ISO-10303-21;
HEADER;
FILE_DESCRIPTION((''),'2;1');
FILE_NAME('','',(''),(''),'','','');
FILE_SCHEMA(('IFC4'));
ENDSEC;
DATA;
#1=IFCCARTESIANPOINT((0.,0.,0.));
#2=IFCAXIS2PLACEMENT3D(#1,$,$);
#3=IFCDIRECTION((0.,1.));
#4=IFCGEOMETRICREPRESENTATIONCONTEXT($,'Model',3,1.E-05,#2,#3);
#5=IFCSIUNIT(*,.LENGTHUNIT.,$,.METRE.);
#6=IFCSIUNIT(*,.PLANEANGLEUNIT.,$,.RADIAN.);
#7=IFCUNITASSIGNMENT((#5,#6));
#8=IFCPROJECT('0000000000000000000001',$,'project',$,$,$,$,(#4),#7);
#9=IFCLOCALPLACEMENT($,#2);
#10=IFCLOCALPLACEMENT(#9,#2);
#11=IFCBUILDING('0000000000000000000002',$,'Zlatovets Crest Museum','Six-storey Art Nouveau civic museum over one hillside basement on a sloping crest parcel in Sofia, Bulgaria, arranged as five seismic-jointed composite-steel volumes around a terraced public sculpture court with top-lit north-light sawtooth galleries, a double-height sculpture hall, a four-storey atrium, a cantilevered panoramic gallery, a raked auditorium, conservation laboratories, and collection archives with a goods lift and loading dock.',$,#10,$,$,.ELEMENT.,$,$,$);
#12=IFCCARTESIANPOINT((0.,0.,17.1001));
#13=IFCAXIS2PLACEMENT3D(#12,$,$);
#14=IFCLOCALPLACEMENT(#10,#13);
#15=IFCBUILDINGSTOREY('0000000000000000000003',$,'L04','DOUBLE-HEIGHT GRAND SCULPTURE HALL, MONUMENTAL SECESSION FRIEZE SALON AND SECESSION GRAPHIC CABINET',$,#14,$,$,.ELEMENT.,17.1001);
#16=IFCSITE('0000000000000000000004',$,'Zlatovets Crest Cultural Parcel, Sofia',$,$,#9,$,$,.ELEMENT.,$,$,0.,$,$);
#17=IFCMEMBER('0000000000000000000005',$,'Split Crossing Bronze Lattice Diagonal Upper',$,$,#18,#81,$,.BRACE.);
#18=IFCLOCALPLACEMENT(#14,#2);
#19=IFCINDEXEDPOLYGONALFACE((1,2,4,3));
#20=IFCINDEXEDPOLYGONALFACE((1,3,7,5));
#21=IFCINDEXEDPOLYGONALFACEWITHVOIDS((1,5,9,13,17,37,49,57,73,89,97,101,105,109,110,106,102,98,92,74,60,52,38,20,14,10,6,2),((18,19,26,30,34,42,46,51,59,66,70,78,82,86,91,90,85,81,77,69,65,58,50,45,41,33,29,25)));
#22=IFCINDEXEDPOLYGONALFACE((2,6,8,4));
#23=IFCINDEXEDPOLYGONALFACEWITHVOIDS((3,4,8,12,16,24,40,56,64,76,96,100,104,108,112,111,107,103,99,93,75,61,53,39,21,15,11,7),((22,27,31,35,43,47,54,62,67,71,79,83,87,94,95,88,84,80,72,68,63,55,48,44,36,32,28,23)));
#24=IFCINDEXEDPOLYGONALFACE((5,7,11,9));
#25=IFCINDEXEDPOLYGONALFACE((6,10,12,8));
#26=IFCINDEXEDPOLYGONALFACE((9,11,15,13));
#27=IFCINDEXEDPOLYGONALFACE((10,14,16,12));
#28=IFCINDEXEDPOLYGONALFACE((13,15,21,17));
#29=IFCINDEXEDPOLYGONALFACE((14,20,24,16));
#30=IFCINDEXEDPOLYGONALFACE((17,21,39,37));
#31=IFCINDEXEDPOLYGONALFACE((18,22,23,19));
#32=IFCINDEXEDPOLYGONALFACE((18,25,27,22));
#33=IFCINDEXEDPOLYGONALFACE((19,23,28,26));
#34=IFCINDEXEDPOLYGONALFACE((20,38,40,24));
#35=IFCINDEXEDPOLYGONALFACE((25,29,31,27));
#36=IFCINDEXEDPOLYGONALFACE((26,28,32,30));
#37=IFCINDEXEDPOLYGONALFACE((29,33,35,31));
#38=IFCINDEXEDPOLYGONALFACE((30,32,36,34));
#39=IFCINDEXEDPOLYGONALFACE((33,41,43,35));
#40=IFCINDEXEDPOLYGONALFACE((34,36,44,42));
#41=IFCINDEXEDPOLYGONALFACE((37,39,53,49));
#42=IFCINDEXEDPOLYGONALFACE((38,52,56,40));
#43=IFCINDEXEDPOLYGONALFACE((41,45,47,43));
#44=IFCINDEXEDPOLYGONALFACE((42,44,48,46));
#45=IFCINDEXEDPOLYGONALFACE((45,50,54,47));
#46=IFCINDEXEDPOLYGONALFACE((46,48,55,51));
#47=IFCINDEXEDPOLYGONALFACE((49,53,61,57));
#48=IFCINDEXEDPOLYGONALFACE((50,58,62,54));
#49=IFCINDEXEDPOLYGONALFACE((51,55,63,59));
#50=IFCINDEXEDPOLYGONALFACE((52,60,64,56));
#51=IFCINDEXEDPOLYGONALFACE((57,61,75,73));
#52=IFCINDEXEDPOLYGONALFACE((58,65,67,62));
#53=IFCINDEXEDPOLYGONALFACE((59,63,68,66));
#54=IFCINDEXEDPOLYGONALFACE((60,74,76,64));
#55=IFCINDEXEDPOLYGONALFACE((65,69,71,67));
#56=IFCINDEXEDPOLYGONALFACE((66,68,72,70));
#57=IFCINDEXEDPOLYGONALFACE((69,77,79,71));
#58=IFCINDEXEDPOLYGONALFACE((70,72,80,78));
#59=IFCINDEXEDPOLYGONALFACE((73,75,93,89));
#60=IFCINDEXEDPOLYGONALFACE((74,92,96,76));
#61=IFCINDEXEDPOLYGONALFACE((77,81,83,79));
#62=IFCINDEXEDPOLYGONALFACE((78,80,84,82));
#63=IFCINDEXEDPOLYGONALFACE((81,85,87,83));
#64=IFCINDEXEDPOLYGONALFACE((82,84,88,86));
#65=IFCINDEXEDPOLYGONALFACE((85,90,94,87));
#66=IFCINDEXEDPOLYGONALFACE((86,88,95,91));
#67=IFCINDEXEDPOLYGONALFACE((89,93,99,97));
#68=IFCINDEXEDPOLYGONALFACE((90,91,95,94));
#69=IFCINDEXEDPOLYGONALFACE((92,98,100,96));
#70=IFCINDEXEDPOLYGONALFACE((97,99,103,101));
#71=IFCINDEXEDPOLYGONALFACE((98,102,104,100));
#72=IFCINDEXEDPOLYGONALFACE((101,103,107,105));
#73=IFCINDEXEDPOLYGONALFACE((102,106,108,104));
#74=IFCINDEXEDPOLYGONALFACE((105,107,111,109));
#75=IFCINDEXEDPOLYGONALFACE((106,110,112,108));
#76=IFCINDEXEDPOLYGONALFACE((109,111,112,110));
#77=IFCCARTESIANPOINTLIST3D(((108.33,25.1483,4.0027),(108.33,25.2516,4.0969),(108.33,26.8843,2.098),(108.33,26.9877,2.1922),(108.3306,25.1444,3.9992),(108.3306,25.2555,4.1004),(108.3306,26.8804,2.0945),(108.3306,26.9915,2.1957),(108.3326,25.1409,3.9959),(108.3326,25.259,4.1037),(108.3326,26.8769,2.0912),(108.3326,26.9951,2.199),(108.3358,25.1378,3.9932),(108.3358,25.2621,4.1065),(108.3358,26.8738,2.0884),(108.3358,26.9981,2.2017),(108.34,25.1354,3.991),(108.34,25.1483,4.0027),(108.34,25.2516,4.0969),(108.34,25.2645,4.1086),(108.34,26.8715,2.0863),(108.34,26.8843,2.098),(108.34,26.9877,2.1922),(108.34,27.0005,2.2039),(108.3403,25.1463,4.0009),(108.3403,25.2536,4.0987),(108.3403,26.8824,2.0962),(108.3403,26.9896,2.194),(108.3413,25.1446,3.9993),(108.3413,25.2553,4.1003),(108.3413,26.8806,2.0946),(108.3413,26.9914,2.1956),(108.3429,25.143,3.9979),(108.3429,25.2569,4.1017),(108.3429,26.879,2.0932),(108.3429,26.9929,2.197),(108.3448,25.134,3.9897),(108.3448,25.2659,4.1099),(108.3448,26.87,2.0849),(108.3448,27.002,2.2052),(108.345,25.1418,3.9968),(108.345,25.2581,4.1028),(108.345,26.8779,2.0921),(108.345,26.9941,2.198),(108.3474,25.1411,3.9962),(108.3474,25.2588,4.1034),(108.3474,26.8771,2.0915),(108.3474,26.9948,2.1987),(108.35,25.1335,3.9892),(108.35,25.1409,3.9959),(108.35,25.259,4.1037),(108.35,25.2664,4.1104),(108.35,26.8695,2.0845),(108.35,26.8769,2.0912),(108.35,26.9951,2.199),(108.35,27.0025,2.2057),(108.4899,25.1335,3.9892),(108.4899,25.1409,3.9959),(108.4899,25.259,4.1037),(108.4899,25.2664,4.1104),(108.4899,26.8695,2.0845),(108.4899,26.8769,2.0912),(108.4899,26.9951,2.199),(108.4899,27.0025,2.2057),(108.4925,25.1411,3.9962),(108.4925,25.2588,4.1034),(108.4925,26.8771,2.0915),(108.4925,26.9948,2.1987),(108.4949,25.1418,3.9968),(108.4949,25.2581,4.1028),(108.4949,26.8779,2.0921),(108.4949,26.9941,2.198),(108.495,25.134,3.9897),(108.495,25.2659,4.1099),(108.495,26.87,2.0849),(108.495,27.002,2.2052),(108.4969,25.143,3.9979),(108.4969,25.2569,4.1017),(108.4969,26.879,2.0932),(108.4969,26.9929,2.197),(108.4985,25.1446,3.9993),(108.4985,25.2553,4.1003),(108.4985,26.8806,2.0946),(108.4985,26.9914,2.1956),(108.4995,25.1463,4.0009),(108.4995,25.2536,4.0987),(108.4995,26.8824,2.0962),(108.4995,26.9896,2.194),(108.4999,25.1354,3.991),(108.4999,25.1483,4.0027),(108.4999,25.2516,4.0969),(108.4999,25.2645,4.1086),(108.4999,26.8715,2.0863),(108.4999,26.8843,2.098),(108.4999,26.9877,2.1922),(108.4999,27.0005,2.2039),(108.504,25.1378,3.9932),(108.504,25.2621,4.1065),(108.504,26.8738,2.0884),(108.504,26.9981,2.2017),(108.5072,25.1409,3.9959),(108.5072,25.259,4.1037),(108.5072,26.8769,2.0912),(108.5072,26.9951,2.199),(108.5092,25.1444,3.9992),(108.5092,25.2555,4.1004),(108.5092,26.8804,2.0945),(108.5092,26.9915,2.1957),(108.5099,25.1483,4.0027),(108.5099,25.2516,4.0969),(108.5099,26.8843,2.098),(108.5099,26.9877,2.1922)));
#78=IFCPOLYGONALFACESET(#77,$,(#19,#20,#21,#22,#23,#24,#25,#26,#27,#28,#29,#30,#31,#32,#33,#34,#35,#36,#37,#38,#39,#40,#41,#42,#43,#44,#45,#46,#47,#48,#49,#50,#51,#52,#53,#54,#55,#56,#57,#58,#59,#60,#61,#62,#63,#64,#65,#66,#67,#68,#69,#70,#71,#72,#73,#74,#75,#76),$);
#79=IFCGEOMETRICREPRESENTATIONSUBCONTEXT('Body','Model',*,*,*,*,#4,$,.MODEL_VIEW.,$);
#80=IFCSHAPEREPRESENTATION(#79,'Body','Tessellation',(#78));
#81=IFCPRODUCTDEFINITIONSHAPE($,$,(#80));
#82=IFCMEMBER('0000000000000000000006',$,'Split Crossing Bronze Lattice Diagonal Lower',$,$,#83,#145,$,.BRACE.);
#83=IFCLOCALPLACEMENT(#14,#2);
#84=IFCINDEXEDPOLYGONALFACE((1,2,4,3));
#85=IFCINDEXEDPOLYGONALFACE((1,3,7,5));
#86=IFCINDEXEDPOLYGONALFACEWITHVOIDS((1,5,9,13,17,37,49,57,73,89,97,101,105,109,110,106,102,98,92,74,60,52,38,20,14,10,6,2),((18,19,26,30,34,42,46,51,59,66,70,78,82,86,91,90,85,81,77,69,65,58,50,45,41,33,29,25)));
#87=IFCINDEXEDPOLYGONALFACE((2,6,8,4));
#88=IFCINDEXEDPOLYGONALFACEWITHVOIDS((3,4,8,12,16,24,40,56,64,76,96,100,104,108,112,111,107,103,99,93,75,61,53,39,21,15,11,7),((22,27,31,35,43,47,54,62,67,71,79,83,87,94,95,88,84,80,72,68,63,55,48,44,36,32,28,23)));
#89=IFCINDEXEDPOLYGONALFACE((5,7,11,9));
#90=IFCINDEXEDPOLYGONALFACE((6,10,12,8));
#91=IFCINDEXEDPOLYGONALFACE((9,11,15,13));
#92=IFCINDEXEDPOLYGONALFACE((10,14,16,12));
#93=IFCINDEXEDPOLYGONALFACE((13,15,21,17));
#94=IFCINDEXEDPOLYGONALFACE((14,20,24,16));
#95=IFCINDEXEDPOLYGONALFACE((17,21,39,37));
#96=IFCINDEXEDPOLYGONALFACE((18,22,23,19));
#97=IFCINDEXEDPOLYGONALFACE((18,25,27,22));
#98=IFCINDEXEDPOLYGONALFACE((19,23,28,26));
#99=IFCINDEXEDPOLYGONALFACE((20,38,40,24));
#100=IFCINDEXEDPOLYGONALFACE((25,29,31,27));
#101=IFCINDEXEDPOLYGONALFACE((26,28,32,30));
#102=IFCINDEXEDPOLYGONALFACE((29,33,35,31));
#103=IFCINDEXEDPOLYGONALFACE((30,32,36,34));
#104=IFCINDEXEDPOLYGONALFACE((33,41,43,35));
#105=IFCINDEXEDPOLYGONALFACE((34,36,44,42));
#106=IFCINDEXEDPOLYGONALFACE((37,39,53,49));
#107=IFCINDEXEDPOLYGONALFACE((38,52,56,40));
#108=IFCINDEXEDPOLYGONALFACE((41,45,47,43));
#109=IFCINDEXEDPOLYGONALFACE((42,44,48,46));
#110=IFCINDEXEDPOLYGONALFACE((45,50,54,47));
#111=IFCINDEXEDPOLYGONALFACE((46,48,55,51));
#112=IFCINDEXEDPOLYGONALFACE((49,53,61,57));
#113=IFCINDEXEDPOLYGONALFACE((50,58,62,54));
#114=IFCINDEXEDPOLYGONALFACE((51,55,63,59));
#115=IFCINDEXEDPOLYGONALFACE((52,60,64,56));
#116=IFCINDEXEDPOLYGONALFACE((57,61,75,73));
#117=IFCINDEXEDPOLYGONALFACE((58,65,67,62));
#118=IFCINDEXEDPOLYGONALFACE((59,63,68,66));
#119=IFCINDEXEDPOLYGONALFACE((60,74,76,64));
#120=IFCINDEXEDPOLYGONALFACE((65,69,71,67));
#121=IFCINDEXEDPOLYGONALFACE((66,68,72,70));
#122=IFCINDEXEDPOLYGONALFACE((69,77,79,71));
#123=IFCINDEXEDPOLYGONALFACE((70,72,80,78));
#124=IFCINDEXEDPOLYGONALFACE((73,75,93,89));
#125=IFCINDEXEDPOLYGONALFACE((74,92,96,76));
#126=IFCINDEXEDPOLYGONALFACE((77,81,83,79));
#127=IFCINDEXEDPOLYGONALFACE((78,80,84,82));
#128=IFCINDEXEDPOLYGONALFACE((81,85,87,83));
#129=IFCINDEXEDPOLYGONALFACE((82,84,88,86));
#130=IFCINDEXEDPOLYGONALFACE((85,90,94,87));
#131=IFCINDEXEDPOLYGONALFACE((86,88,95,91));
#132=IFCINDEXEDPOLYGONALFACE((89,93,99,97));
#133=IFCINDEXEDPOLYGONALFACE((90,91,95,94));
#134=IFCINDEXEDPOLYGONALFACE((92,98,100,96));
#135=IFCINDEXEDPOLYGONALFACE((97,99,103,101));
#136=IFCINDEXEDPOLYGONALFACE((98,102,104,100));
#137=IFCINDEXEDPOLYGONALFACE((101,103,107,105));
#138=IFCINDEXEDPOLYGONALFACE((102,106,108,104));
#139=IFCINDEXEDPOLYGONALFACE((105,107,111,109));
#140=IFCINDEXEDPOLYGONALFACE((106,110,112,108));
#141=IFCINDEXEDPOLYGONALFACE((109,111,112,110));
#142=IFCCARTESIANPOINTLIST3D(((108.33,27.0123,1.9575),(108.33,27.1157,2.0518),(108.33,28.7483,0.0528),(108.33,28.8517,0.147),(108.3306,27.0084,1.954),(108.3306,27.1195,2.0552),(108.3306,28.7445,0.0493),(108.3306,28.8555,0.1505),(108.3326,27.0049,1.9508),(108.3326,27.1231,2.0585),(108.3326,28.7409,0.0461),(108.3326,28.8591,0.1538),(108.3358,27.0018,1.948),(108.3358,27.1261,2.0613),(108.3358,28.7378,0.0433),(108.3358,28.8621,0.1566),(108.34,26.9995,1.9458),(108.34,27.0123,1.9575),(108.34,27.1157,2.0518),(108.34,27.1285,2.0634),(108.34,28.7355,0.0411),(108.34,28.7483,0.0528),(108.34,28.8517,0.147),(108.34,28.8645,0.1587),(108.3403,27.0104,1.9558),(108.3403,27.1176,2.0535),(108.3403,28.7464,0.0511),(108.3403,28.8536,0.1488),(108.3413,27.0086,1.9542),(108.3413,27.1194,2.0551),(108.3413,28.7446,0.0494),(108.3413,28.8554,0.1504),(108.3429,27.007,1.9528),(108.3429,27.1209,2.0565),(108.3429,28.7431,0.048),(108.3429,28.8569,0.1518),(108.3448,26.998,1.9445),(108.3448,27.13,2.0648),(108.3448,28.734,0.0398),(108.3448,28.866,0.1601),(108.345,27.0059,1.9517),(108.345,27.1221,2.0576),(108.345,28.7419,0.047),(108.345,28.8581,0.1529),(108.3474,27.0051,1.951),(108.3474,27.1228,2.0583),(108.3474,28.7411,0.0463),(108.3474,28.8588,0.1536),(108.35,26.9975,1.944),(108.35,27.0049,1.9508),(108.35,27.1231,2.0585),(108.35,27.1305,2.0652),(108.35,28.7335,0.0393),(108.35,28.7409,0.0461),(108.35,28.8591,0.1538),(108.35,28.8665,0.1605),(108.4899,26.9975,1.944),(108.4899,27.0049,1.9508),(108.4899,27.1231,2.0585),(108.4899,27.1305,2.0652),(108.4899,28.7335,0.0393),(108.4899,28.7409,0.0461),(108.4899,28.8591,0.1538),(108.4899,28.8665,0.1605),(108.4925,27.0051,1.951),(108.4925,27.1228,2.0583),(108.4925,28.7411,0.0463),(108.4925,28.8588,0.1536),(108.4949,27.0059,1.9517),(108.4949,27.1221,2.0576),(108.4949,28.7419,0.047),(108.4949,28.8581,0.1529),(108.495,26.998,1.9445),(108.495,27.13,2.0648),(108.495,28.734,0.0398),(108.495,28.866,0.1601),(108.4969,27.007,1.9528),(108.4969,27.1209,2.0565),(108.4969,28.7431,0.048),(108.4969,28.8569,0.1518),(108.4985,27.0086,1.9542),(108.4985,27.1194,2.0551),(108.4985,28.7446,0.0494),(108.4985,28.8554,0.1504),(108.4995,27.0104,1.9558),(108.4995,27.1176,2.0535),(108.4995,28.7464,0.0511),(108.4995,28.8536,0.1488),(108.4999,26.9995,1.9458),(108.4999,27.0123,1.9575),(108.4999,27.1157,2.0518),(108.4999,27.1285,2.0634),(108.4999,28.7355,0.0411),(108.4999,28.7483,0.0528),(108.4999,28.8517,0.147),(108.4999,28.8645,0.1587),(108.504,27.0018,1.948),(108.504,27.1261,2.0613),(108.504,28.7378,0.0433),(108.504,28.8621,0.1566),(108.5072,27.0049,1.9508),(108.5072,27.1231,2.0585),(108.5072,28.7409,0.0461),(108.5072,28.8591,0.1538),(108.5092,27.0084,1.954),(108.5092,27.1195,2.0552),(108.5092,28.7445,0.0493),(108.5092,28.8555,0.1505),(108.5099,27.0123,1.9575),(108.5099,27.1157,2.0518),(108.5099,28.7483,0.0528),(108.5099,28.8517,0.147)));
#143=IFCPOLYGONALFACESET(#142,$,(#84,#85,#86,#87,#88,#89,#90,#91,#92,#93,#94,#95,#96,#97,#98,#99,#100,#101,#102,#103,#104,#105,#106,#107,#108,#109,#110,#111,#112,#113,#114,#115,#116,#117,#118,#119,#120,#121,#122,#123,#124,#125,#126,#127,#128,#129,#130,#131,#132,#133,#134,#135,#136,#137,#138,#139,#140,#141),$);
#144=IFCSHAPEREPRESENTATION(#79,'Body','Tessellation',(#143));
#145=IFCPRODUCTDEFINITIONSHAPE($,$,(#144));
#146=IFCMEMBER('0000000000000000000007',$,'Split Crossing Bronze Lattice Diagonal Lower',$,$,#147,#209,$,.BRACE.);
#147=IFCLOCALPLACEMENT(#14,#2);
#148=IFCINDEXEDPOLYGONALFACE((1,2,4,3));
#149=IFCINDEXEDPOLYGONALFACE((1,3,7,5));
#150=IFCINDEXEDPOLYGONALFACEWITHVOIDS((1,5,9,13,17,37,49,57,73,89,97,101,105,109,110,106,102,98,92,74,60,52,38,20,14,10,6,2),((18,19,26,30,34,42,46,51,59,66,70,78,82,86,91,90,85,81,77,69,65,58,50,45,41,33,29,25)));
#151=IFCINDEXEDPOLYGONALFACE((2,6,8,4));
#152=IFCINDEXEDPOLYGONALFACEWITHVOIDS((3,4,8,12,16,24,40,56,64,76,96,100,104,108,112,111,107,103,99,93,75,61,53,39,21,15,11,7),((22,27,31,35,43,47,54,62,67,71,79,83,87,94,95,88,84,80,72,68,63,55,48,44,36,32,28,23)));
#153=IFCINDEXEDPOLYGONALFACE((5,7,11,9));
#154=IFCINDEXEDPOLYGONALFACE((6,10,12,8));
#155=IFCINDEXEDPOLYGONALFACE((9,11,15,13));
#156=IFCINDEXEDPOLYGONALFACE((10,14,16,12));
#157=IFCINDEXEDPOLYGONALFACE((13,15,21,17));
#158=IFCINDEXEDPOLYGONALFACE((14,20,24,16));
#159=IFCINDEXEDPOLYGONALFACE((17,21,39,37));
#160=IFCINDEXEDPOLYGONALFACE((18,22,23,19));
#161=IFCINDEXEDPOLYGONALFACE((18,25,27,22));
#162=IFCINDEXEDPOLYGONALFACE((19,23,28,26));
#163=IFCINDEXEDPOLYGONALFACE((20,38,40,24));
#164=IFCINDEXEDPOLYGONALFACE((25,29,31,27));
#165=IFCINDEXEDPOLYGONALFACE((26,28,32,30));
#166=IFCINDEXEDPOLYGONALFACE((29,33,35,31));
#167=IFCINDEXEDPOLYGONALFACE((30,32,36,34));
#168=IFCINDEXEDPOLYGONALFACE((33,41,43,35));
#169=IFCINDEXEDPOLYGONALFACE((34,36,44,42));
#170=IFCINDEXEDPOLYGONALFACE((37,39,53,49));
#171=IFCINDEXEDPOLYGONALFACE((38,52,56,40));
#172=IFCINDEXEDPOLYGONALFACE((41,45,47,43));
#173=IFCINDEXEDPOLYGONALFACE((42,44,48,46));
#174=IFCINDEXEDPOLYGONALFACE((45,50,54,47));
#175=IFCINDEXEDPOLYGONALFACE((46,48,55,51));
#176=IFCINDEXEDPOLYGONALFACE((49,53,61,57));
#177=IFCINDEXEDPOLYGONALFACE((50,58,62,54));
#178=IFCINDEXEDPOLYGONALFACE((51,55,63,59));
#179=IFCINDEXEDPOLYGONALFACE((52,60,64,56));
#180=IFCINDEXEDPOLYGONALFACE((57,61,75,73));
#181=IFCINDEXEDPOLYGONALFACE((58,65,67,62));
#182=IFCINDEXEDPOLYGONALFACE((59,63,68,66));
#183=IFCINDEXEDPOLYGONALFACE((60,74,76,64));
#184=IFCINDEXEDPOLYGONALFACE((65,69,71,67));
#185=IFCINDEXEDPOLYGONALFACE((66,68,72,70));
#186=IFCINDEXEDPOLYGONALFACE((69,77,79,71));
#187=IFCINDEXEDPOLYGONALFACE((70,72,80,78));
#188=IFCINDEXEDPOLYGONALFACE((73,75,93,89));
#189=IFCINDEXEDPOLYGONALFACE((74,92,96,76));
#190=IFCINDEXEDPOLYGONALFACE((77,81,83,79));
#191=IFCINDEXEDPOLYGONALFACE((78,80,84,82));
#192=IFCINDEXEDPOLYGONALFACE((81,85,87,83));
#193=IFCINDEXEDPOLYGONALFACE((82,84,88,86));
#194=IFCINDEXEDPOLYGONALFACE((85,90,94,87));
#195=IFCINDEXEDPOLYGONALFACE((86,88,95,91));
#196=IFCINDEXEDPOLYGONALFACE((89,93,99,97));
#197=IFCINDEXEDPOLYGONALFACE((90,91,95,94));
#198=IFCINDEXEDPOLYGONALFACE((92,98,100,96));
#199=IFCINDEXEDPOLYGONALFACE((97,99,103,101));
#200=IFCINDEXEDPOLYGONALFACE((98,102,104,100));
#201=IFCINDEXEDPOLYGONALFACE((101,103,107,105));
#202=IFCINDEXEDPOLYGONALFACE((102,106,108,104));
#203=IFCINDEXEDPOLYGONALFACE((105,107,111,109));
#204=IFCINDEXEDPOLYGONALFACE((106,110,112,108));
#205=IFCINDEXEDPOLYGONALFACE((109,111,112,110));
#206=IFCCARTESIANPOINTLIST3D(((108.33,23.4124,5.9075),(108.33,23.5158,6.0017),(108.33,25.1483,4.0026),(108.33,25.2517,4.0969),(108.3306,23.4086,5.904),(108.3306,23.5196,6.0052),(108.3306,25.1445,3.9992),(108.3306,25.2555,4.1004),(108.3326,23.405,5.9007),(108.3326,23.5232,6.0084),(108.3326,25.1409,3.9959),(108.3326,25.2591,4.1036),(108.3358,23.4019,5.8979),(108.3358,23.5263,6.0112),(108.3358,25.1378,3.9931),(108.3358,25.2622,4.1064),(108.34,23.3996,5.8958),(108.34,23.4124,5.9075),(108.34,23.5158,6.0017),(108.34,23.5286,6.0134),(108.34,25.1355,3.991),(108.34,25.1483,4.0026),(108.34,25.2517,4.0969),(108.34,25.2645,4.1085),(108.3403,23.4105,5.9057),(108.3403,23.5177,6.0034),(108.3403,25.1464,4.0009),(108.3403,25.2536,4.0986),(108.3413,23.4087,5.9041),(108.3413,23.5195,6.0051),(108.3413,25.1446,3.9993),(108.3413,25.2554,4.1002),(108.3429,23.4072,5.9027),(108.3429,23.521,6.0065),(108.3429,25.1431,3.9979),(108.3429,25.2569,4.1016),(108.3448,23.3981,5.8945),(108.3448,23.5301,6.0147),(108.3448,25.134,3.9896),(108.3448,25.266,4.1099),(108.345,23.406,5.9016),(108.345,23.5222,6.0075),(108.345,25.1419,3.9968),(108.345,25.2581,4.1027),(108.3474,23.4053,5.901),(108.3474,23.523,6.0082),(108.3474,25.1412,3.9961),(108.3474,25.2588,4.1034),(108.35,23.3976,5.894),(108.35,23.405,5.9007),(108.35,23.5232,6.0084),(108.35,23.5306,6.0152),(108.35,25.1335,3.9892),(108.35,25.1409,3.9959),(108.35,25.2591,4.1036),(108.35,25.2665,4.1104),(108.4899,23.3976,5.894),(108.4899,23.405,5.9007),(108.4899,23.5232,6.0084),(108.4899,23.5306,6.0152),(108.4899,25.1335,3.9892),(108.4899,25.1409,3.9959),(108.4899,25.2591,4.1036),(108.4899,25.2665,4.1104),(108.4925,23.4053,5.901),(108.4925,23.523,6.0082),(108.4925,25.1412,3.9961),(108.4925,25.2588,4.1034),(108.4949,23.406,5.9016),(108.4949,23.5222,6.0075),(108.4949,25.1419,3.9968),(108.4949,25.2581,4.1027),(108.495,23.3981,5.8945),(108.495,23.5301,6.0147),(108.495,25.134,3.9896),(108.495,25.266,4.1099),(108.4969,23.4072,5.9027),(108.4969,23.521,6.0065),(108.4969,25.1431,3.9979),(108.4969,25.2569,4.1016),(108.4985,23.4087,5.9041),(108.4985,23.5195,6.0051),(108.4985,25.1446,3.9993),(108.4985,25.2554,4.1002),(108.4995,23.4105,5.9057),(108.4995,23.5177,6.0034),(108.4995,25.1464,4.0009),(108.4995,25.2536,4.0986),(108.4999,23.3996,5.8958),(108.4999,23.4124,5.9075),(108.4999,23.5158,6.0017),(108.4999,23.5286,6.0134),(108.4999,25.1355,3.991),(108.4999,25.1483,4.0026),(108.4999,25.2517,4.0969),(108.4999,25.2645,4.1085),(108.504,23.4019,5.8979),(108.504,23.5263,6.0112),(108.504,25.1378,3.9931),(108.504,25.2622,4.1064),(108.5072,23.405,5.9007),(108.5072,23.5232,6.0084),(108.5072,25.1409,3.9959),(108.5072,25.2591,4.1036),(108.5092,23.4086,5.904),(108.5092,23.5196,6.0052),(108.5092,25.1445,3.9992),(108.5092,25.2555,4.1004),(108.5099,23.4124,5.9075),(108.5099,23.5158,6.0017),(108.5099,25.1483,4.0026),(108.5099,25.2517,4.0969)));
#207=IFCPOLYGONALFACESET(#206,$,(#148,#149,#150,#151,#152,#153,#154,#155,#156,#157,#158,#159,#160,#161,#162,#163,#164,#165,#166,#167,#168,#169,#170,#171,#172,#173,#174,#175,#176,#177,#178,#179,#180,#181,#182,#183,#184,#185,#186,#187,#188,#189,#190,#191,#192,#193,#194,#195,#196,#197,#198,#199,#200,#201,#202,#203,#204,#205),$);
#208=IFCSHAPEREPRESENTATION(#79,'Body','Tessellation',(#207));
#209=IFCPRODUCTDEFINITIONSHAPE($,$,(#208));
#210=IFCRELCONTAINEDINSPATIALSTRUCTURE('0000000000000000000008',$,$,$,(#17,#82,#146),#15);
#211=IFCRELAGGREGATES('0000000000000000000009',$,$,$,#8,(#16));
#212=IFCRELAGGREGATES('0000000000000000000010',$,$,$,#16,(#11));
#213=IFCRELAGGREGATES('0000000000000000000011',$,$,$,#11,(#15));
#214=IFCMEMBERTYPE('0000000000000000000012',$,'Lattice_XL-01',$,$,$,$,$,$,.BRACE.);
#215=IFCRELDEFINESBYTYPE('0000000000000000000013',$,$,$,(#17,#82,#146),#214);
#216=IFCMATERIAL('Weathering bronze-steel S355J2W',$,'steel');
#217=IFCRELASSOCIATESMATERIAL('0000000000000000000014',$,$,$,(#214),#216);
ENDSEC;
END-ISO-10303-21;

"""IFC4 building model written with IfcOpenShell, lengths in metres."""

from ifc_helpers import new_model, si_unit, direction, frame, origin, origin_2d, place, context, subcontext, project, spatial, hollow_rectangle, extrude, material, material_profile, profile_set, type_object, element, save


model = new_model("IFC4")

# Units and contexts
model_context = context("Model", 3, precision=1e-05, world=origin(), true_north=direction((0.0, 1.0)))
body_context = subcontext(model_context, "Body", "Model", "MODEL_VIEW")
ifc_project = project(units=[si_unit("LENGTHUNIT", "METRE"), si_unit("PLANEANGLEUNIT", "RADIAN")], contexts=[model_context])

# Site, building, storey
site_placement = place(None, origin())
site = spatial("IfcSite", under=ifc_project, at=site_placement, Name="Zlatovets Crest Cultural Parcel, Sofia", CompositionType="ELEMENT", RefElevation=0.0)
building_placement = place(site_placement, origin())
building = spatial("IfcBuilding", under=site, at=building_placement, Name="Zlatovets Crest Museum", Description="Six-storey Art Nouveau civic museum over one hillside basement on a sloping crest parcel in Sofia, Bulgaria, arranged as five seismic-jointed composite-steel volumes around a terraced public sculpture court with top-lit north-light sawtooth galleries, a double-height sculpture hall, a four-storey atrium, a cantilevered panoramic gallery, a raked auditorium, conservation laboratories, and collection archives with a goods lift and loading dock.", CompositionType="ELEMENT")
storey_placement = place(building_placement, frame((0.0, 0.0, 17.1001)))
storey = spatial("IfcBuildingStorey", under=building, at=storey_placement, Name="L04", Description="DOUBLE-HEIGHT GRAND SCULPTURE HALL, MONUMENTAL SECESSION FRIEZE SALON AND SECESSION GRAPHIC CABINET", CompositionType="ELEMENT", Elevation=17.1001)

# Members
ifc_material_1 = material(Name="Weathering bronze-steel S355J2W", Category="steel")
ifc_material_profile_1 = material_profile(ifc_material_1, hollow_rectangle(XDim=0.1799, YDim=0.1799, WallThickness=0.01, InnerFilletRadius=0.01, OuterFilletRadius=0.02, at=origin_2d()), Name="SHS 180x180x10.0")
ifc_profile_set_1 = profile_set([ifc_material_profile_1], Name="Weathering bronze-steel S355J2W")
member_type_1 = type_object("IfcMemberType", Name="Lattice_XL-01", PredefinedType="BRACE", material=ifc_profile_set_1)
for number, where, z_axis, x_axis, name in (
    (1, (108.4199, 25.2, 4.0498), (0.0, 0.67362, -0.739078), (-1.0, 0.0, 0.0), "Split Crossing Bronze Lattice Diagonal Upper"),
    (2, (108.4199, 27.064, 2.0046), (0.0, 0.67362, -0.739078), (-1.0, 0.0, 0.0), "Split Crossing Bronze Lattice Diagonal Lower"),
    (3, (108.4199, 23.4641, 5.9546), (0.0, 0.673568, -0.739125), (-1.0, 0.0, 0.0), "Split Crossing Bronze Lattice Diagonal Lower"),
):
    element("IfcMember", number, at=place(storey_placement, frame(where, z_axis=z_axis, x_axis=x_axis)), inside=storey, type_object=member_type_1, Name=name, PredefinedType="BRACE", context=body_context, shape_type="SweptSolid", body=[
        extrude(hollow_rectangle(XDim=0.1799, YDim=0.1799, WallThickness=0.01, InnerFilletRadius=0.01, OuterFilletRadius=0.02, at=origin_2d()), origin(), (0.0, 0.0, 1.0), 2.5771),
    ])

save(model, "model.ifc")
